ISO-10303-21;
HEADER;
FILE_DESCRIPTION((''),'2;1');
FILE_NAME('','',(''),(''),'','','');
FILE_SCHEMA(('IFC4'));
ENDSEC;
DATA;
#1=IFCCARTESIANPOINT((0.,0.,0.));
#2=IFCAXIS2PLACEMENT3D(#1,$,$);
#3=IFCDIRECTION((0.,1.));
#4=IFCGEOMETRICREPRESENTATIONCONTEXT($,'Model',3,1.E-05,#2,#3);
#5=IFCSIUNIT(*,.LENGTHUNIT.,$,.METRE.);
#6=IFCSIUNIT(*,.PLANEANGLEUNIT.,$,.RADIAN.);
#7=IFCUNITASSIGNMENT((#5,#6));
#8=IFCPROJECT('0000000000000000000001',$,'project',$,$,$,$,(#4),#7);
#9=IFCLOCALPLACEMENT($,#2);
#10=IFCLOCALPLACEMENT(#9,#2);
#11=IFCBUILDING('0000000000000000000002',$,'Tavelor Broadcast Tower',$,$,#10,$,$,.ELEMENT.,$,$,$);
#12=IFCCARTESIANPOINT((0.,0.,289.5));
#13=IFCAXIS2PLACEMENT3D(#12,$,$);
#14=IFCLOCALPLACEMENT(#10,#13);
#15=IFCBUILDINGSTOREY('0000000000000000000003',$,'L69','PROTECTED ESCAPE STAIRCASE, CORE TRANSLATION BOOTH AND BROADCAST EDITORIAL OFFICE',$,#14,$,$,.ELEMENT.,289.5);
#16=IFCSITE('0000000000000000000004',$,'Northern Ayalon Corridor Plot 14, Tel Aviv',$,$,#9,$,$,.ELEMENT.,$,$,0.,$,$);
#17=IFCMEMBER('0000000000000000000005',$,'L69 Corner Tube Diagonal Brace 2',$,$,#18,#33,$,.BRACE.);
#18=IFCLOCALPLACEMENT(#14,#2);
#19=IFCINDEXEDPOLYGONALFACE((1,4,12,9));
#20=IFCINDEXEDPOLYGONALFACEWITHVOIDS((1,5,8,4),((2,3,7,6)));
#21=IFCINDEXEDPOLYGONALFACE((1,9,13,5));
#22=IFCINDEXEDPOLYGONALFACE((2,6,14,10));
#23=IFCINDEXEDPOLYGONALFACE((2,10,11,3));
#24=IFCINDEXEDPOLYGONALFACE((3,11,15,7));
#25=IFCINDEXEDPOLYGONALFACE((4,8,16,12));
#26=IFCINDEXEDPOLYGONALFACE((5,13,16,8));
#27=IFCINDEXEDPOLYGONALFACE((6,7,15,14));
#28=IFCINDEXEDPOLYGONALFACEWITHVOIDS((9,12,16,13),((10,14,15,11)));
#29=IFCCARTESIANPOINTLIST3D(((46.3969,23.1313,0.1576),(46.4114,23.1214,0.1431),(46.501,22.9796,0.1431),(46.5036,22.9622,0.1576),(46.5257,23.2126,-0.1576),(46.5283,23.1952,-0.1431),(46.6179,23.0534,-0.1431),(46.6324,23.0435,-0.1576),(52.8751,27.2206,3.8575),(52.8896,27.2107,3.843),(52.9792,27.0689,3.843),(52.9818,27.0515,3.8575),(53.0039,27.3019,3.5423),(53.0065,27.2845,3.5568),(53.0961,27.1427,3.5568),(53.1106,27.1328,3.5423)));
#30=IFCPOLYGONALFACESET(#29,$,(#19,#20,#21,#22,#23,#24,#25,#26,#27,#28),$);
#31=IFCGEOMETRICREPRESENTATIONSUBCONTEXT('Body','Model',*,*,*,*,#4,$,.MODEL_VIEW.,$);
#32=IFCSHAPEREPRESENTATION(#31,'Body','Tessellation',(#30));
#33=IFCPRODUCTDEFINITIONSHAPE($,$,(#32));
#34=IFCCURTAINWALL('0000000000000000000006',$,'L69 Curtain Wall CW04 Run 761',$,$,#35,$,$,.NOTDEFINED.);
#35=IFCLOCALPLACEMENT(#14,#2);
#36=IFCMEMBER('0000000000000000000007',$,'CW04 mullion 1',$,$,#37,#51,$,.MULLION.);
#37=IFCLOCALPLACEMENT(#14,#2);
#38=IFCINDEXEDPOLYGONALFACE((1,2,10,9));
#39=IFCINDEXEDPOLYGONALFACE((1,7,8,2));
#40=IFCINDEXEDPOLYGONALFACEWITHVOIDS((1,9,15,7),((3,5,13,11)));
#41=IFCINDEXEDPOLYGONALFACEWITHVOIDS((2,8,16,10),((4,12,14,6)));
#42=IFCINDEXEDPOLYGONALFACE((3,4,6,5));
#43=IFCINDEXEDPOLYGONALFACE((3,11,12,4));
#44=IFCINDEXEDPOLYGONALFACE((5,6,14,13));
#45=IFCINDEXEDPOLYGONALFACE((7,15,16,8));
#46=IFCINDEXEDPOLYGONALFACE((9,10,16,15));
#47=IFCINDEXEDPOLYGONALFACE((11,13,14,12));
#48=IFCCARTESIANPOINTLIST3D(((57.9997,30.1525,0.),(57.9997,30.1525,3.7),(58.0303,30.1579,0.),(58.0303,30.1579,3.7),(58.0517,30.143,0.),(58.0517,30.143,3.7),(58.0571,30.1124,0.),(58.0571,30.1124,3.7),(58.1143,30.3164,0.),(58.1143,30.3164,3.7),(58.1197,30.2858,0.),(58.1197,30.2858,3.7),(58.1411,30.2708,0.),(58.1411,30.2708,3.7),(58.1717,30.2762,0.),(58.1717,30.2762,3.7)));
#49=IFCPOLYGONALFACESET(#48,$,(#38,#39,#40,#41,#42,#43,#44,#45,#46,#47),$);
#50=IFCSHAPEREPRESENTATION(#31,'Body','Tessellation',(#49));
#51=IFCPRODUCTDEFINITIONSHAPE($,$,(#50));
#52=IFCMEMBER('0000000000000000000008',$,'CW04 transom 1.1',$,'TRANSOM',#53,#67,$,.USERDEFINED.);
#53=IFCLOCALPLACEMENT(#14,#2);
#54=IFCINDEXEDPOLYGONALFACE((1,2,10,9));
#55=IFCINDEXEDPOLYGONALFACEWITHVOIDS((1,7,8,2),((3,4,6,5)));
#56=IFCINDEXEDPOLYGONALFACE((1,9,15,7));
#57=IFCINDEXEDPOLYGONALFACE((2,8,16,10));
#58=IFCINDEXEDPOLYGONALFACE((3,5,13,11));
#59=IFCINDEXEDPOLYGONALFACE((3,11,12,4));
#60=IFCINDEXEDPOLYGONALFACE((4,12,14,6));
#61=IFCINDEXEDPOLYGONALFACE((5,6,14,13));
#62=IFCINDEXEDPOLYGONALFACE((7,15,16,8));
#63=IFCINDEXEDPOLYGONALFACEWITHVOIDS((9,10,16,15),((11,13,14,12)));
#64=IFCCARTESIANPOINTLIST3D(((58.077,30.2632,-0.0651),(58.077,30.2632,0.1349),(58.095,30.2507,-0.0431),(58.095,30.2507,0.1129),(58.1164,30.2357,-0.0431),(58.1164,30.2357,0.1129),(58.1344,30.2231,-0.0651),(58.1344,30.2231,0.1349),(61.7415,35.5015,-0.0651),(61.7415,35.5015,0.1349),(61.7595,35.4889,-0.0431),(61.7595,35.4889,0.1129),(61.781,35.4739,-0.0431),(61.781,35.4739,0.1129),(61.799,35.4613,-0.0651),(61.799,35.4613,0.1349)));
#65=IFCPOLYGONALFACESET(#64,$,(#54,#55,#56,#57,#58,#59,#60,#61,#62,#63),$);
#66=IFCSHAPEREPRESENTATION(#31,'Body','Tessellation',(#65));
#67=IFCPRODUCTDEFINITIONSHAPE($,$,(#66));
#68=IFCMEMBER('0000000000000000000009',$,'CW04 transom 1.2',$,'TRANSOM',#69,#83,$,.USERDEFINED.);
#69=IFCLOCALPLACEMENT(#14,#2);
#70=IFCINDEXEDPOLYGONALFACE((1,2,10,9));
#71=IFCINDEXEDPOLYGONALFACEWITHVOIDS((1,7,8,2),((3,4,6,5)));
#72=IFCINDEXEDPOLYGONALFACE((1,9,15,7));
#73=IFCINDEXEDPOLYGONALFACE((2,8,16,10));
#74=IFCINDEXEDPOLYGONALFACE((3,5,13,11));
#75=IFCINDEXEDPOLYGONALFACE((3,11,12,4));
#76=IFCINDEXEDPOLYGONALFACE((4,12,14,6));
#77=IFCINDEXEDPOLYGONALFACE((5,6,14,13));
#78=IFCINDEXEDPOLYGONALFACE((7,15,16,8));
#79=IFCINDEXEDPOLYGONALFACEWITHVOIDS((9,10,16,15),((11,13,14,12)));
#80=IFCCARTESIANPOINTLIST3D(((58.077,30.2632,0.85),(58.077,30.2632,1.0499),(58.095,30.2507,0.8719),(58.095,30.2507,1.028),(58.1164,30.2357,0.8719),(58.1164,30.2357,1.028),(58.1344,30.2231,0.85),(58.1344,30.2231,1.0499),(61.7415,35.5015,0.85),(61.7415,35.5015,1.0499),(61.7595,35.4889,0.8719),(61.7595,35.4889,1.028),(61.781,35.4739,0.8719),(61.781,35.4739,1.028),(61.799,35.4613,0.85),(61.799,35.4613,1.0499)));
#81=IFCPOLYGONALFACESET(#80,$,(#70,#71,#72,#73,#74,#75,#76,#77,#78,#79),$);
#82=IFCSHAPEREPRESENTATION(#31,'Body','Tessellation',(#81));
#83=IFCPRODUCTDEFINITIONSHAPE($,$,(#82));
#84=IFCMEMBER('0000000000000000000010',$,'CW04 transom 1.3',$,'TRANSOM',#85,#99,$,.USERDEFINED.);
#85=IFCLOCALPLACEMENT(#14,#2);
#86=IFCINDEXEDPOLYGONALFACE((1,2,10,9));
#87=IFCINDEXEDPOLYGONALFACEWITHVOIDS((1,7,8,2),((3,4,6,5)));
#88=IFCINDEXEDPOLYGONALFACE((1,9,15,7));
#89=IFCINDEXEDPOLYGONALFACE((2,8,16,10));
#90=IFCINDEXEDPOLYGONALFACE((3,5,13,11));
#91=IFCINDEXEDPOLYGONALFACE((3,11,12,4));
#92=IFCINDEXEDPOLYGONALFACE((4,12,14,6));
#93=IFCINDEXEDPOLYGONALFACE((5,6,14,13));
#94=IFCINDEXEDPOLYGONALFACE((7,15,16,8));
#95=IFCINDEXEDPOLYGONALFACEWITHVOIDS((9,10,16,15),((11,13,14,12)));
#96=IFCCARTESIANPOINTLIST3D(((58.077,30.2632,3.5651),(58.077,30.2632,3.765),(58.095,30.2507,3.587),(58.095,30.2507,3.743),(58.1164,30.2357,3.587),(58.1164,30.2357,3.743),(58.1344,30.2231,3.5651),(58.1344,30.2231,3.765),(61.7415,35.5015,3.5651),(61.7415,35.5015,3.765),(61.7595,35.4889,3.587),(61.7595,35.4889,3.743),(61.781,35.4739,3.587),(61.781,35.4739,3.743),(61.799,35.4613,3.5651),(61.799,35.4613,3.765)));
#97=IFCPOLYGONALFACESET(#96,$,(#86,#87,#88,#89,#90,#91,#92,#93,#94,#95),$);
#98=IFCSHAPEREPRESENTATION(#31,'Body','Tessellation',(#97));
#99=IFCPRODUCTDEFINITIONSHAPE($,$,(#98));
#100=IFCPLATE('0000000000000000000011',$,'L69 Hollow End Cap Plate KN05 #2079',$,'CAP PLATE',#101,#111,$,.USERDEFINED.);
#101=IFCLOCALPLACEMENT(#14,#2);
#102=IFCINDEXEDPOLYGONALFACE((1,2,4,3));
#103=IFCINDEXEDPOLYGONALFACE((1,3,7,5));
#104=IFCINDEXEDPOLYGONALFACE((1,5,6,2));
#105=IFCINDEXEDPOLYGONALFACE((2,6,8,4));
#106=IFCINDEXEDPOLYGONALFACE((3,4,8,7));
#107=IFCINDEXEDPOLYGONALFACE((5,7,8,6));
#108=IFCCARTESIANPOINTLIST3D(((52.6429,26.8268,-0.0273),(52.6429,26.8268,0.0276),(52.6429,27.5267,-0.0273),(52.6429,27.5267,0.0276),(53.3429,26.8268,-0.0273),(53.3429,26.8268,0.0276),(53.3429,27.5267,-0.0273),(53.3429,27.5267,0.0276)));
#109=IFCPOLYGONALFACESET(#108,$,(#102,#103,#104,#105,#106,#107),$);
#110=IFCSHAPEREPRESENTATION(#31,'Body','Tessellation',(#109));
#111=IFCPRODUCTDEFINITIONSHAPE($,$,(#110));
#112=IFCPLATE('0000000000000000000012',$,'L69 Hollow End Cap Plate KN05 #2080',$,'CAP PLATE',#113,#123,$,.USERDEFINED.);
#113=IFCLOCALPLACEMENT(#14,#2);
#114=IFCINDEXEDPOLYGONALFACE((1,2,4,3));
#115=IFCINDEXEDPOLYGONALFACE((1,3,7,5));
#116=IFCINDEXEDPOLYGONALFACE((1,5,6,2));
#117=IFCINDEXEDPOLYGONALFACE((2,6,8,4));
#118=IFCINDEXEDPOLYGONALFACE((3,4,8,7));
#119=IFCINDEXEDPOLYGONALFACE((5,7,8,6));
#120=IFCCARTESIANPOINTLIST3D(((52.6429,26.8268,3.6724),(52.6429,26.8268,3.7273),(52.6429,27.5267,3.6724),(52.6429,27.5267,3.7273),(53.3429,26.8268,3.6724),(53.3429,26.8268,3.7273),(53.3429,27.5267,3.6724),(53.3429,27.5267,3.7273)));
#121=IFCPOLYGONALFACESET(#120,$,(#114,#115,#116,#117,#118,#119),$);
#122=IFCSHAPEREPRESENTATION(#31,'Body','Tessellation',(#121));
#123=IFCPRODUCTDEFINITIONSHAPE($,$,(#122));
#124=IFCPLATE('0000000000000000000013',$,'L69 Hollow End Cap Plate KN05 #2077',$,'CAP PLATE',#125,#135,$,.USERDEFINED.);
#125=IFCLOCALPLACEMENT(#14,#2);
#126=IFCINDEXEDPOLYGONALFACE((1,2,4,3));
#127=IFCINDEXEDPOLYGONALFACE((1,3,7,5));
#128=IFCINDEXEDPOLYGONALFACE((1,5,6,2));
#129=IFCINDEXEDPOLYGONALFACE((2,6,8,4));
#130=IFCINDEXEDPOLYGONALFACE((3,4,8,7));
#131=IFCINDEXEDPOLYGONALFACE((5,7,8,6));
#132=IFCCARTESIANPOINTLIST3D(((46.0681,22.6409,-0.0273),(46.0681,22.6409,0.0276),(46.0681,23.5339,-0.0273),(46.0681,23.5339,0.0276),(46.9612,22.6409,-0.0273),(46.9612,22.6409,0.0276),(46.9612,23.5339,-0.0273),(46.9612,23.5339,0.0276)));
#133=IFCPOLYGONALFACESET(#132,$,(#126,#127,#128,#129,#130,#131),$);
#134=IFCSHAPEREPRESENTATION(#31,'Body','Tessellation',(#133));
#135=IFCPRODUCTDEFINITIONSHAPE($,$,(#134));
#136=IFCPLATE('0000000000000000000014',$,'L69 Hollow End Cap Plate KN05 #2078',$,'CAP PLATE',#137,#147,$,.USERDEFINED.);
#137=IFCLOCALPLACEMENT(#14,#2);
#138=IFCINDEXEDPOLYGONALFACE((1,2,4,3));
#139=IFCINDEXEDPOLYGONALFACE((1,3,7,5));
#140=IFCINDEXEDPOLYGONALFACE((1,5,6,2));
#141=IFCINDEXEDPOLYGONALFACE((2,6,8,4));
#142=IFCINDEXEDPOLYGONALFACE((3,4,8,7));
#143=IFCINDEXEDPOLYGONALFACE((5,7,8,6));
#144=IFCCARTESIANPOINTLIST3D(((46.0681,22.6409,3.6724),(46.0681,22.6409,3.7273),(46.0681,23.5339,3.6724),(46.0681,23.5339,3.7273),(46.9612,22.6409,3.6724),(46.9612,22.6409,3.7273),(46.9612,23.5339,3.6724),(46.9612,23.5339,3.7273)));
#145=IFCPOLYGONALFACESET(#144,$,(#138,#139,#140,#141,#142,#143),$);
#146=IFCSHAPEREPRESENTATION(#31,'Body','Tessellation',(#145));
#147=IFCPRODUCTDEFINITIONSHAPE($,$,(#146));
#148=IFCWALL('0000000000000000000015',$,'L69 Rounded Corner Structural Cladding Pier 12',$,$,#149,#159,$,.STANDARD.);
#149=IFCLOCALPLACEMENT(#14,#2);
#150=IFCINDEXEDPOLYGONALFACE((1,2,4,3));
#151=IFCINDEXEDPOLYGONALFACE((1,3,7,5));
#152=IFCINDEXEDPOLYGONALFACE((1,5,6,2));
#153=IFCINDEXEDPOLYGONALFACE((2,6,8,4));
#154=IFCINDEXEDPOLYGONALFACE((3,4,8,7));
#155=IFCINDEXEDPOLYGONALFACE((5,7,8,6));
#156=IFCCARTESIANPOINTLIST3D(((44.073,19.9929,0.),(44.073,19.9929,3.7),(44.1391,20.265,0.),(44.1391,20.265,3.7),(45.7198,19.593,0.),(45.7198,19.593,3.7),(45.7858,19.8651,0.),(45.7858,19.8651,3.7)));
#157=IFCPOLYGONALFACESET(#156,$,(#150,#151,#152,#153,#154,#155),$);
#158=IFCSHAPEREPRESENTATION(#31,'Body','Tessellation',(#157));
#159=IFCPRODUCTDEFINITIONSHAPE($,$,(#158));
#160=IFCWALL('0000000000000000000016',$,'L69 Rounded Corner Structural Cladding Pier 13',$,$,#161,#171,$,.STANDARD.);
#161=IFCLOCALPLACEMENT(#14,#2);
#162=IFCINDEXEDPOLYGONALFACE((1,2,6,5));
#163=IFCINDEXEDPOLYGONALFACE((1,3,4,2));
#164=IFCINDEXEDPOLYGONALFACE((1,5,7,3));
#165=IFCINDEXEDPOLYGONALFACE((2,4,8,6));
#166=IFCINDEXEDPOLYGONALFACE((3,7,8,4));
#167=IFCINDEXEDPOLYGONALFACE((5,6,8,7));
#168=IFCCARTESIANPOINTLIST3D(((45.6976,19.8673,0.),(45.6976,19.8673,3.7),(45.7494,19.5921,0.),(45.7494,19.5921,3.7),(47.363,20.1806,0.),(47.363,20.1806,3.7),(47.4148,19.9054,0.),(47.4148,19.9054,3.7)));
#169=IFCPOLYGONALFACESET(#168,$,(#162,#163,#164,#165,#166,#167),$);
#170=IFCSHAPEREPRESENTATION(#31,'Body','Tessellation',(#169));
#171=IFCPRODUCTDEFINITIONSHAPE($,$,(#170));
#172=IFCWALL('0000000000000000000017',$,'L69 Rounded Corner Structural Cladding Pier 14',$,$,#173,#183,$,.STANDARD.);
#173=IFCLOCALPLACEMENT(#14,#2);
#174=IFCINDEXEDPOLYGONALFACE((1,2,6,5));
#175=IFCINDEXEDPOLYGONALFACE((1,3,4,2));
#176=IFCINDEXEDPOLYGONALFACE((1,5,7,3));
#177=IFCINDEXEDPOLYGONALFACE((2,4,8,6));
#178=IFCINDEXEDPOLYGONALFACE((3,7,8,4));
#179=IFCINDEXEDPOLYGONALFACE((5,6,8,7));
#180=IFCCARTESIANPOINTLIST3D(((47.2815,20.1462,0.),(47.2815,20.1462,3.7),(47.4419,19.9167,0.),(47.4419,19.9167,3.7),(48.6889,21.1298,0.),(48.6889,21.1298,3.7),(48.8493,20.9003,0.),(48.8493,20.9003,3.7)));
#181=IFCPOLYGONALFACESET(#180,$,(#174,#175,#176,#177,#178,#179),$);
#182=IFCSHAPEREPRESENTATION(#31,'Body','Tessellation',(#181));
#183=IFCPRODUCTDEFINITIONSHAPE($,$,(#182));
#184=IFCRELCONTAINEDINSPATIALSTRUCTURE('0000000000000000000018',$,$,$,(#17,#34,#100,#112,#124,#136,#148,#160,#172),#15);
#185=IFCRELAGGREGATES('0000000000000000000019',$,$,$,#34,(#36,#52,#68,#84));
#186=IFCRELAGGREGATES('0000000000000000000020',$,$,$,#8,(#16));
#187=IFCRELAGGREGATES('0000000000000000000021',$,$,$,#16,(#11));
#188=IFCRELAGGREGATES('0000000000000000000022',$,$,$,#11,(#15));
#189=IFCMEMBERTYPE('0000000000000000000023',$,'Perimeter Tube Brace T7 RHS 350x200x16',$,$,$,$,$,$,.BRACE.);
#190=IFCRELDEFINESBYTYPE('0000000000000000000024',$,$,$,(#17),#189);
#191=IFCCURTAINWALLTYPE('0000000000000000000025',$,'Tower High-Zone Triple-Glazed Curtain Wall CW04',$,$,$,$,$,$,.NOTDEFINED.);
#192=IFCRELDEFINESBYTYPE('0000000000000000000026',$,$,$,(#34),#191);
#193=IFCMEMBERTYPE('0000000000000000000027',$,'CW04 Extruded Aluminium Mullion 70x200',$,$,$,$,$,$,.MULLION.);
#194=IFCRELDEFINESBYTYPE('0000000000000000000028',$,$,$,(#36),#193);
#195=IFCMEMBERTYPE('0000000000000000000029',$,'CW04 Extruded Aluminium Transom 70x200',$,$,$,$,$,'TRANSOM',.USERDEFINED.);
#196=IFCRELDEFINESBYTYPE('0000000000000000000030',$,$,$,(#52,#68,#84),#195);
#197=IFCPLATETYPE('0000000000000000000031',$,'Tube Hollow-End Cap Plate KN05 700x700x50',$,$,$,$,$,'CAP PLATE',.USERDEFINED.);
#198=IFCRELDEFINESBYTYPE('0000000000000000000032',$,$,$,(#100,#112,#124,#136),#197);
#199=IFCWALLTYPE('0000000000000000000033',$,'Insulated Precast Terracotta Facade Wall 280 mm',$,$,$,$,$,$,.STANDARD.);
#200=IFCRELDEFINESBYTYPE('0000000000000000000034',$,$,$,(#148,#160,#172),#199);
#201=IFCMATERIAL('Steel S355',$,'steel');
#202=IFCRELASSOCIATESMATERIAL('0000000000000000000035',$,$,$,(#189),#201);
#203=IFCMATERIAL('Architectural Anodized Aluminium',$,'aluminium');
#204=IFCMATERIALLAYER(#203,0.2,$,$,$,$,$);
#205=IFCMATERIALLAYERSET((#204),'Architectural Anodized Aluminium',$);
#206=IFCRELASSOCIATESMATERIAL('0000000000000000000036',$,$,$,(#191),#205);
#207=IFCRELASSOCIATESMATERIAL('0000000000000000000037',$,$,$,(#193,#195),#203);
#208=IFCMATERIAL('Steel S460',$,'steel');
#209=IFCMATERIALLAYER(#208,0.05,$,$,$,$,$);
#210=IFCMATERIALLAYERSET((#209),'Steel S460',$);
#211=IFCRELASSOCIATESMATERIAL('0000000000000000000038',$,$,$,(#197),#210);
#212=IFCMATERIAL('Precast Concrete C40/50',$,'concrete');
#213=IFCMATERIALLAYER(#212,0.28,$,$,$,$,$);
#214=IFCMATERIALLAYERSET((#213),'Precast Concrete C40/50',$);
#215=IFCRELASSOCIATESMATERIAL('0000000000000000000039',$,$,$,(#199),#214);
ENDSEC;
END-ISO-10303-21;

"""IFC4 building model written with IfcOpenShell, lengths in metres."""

from ifc_helpers import new_model, si_unit, direction, frame, frame_2d, origin, origin_2d, place, context, subcontext, project, spatial, rectangle, hollow_rectangle, extrude, source, transform, mapped, material, layer, layer_set, material_profile, profile_set, type_object, type_shapes, element, aggregate, save


model = new_model("IFC4")

# Units and contexts
model_context = context("Model", 3, precision=1e-05, world=origin(), true_north=direction((0.0, 1.0)))
body_context = subcontext(model_context, "Body", "Model", "MODEL_VIEW")
ifc_project = project(units=[si_unit("LENGTHUNIT", "METRE"), si_unit("PLANEANGLEUNIT", "RADIAN")], contexts=[model_context])

# Site, building, storey
site_placement = place(None, origin())
site = spatial("IfcSite", under=ifc_project, at=site_placement, Name="Northern Ayalon Corridor Plot 14, Tel Aviv", CompositionType="ELEMENT", RefElevation=0.0)
building_placement = place(site_placement, origin())
building = spatial("IfcBuilding", under=site, at=building_placement, Name="Tavelor Broadcast Tower", CompositionType="ELEMENT")
storey_placement = place(building_placement, frame((0.0, 0.0, 289.5)))
storey = spatial("IfcBuildingStorey", under=building, at=storey_placement, Name="L69", Description="PROTECTED ESCAPE STAIRCASE, CORE TRANSLATION BOOTH AND BROADCAST EDITORIAL OFFICE", CompositionType="ELEMENT", Elevation=289.5)

# Shared definitions
ifc_material_1 = material(Name="Steel S460", Category="steel")

# Shared definitions
ifc_material_2 = material(Name="Steel S355", Category="steel")

# Member
ifc_material_profile_1 = material_profile(ifc_material_2, hollow_rectangle(XDim=0.2, YDim=0.3501, WallThickness=0.0161, at=origin_2d()), Name="RHS 350x200x16")
ifc_profile_set_1 = profile_set([ifc_material_profile_1], Name="Steel S355")
member_type_1 = type_object("IfcMemberType", Name="Perimeter Tube Brace T7 RHS 350x200x16", PredefinedType="BRACE", material=ifc_profile_set_1)
member_1_placement = place(storey_placement, frame((46.5146, 23.0874, 0.0), z_axis=(0.761462, 0.480667, 0.434896), x_axis=(-0.533789, 0.845618, 0.0)))
element("IfcMember", 1, at=member_1_placement, inside=storey, type_object=member_type_1, Name="L69 Corner Tube Diagonal Brace 2", PredefinedType="BRACE", context=body_context, shape_type="SweptSolid", body=[
    extrude(hollow_rectangle(XDim=0.2, YDim=0.3501, WallThickness=0.0161, at=origin_2d()), origin(), (0.0, 0.0, 1.0), 8.5076),
])

# Curtain wall, members
ifc_material_3 = material(Name="Architectural Anodized Aluminium", Category="aluminium")
ifc_layer_1 = layer(ifc_material_3, 0.2)
ifc_layer_set_1 = layer_set([ifc_layer_1], Name="Architectural Anodized Aluminium")
curtain_wall_type = type_object("IfcCurtainWallType", Name="Tower High-Zone Triple-Glazed Curtain Wall CW04", PredefinedType="NOTDEFINED", material=ifc_layer_set_1)
curtain_wall_placement = place(storey_placement, origin())
curtain_wall = element("IfcCurtainWall", 2, at=curtain_wall_placement, inside=storey, type_object=curtain_wall_type, Name="L69 Curtain Wall CW04 Run 761", PredefinedType="NOTDEFINED")
ifc_material_profile_2 = material_profile(ifc_material_3, hollow_rectangle(XDim=0.0701, YDim=0.2, WallThickness=0.022, at=origin_2d()), Name="RHS 70x200x22")
ifc_profile_set_2 = profile_set([ifc_material_profile_2], Name="Architectural Anodized Aluminium")
member_type_2 = type_object("IfcMemberType", Name="CW04 Extruded Aluminium Mullion 70x200", PredefinedType="MULLION", material=ifc_profile_set_2)
shared_shape_1 = source(origin(), body_context, "Body", "SweptSolid", [
    extrude(hollow_rectangle(XDim=0.0701, YDim=0.2, WallThickness=0.022, at=origin_2d()), origin(), (0.0, 0.0, 1.0), 3.7),
])
type_shapes(member_type_2, [shared_shape_1])
member_2_placement = place(storey_placement, frame((58.0857, 30.2144, 0.0), z_axis=(0.0, 0.0, 1.0), x_axis=(-0.819407, 0.573212, 0.0)))
member_2 = element("IfcMember", 3, at=member_2_placement, type_object=member_type_2, Name="CW04 mullion 1", PredefinedType="MULLION", context=body_context, shape_type="MappedRepresentation", body=[
    mapped(shared_shape_1, transform((0.0, 0.0, 0.0), scale=1.0)),
])
ifc_material_profile_3 = material_profile(ifc_material_3, hollow_rectangle(XDim=0.0701, YDim=0.2, WallThickness=0.022, at=origin_2d()), Name="RHS 70x200x22")
ifc_profile_set_3 = profile_set([ifc_material_profile_3], Name="Architectural Anodized Aluminium")
member_type_3 = type_object("IfcMemberType", Name="CW04 Extruded Aluminium Transom 70x200", ElementType="TRANSOM", PredefinedType="USERDEFINED", material=ifc_profile_set_3)
shared_shape_2 = source(origin(), body_context, "Body", "SweptSolid", [
    extrude(hollow_rectangle(XDim=0.0701, YDim=0.2, WallThickness=0.022, at=origin_2d()), origin(), (0.0, 0.0, 1.0), 6.3928),
])
type_shapes(member_type_3, [shared_shape_2])
member_3_placement = place(storey_placement, frame((58.1057, 30.2432, 0.0349), z_axis=(0.573227, 0.819397, 0.0), x_axis=(-0.819397, 0.573227, 0.0)))
member_3 = element("IfcMember", 4, at=member_3_placement, type_object=member_type_3, Name="CW04 transom 1.1", ObjectType="TRANSOM", PredefinedType="USERDEFINED", context=body_context, shape_type="MappedRepresentation", body=[
    mapped(shared_shape_2, transform((0.0, 0.0, 0.0), scale=1.0)),
])
member_4_placement = place(storey_placement, frame((58.1057, 30.2432, 0.95), z_axis=(0.573227, 0.819397, 0.0), x_axis=(-0.819397, 0.573227, 0.0)))
member_4 = element("IfcMember", 5, at=member_4_placement, type_object=member_type_3, Name="CW04 transom 1.2", ObjectType="TRANSOM", PredefinedType="USERDEFINED", context=body_context, shape_type="MappedRepresentation", body=[
    mapped(shared_shape_2, transform((0.0, 0.0, 0.0), scale=1.0)),
])
member_5_placement = place(storey_placement, frame((58.1057, 30.2432, 3.665), z_axis=(0.573227, 0.819397, 0.0), x_axis=(-0.819397, 0.573227, 0.0)))
member_5 = element("IfcMember", 6, at=member_5_placement, type_object=member_type_3, Name="CW04 transom 1.3", ObjectType="TRANSOM", PredefinedType="USERDEFINED", context=body_context, shape_type="MappedRepresentation", body=[
    mapped(shared_shape_2, transform((0.0, 0.0, 0.0), scale=1.0)),
])
aggregate(curtain_wall, [member_2, member_3, member_4, member_5])

# Plates
ifc_layer_2 = layer(ifc_material_1, 0.05)
ifc_layer_set_2 = layer_set([ifc_layer_2], Name="Steel S460")
plate_type = type_object("IfcPlateType", Name="Tube Hollow-End Cap Plate KN05 700x700x50", ElementType="CAP PLATE", PredefinedType="USERDEFINED", material=ifc_layer_set_2)
shared_shape_3 = source(origin(), body_context, "Body", "SweptSolid", [
    extrude(rectangle(XDim=0.7, YDim=0.7, at=origin_2d()), origin(), (0.0, 0.0, 1.0), 0.0549),
])
for number, where, z_axis, x_axis, name in (
    (7, (52.9929, 27.1768, -0.0273), (0.0, 0.0, 1.0), (1.0, 0.0, 0.0), "L69 Hollow End Cap Plate KN05 #2079"),
    (8, (52.9929, 27.1768, 3.6724), (0.0, 0.0, 1.0), (1.0, 0.0, 0.0), "L69 Hollow End Cap Plate KN05 #2080"),
):
    element("IfcPlate", number, at=place(storey_placement, frame(where, z_axis=z_axis, x_axis=x_axis)), inside=storey, type_object=plate_type, Name=name, ObjectType="CAP PLATE", PredefinedType="USERDEFINED", context=body_context, shape_type="MappedRepresentation", body=[
        mapped(shared_shape_3, transform((0.0, 0.0, 0.0), scale=1.0)),
    ])
shared_shape_4 = source(origin(), body_context, "Body", "SweptSolid", [
    extrude(rectangle(XDim=0.8931, YDim=0.8931, at=origin_2d()), origin(), (0.0, 0.0, 1.0), 0.0549),
])
type_shapes(plate_type, [shared_shape_3, shared_shape_4])
for number, where, z_axis, x_axis, name in (
    (9, (46.5146, 23.0874, -0.0273), (0.0, 0.0, 1.0), (1.0, 0.0, 0.0), "L69 Hollow End Cap Plate KN05 #2077"),
    (10, (46.5146, 23.0874, 3.6724), (0.0, 0.0, 1.0), (1.0, 0.0, 0.0), "L69 Hollow End Cap Plate KN05 #2078"),
):
    element("IfcPlate", number, at=place(storey_placement, frame(where, z_axis=z_axis, x_axis=x_axis)), inside=storey, type_object=plate_type, Name=name, ObjectType="CAP PLATE", PredefinedType="USERDEFINED", context=body_context, shape_type="MappedRepresentation", body=[
        mapped(shared_shape_4, transform((0.0, 0.0, 0.0), scale=1.0)),
    ])

# Walls
ifc_material_4 = material(Name="Precast Concrete C40/50", Category="concrete")
ifc_layer_3 = layer(ifc_material_4, 0.28)
ifc_layer_set_3 = layer_set([ifc_layer_3], Name="Precast Concrete C40/50")
wall_type_1 = type_object("IfcWallType", Name="Insulated Precast Terracotta Facade Wall 280 mm", PredefinedType="STANDARD", material=ifc_layer_set_3)
for number, where, z_axis, x_axis, name in (
    (11, (44.1062, 20.1289, 0.0), (0.0, 0.0, 1.0), (0.971756, -0.235988, 0.0), "L69 Rounded Corner Structural Cladding Pier 12"),
    (12, (45.7236, 19.7297, 0.0), (0.0, 0.0, 1.0), (0.982766, 0.184854, 0.0), "L69 Rounded Corner Structural Cladding Pier 13"),
):
    element("IfcWall", number, at=place(storey_placement, frame(where, z_axis=z_axis, x_axis=x_axis)), inside=storey, type_object=wall_type_1, Name=name, PredefinedType="STANDARD", context=body_context, shape_type="SweptSolid", body=[
        extrude(rectangle(XDim=1.6946, YDim=0.28, at=frame_2d((0.8472, 0.0))), origin(), (0.0, 0.0, 1.0), 3.7),
    ])
wall_1_placement = place(storey_placement, frame((47.3618, 20.0315, 0.0), z_axis=(0.0, 0.0, 1.0), x_axis=(0.819666, 0.572842, 0.0)))
element("IfcWall", 13, at=wall_1_placement, inside=storey, type_object=wall_type_1, Name="L69 Rounded Corner Structural Cladding Pier 14", PredefinedType="STANDARD", context=body_context, shape_type="SweptSolid", body=[
    extrude(rectangle(XDim=1.717, YDim=0.28, at=frame_2d((0.8584, 0.0))), origin(), (0.0, 0.0, 1.0), 3.7),
])

save(model, "model.ifc")
